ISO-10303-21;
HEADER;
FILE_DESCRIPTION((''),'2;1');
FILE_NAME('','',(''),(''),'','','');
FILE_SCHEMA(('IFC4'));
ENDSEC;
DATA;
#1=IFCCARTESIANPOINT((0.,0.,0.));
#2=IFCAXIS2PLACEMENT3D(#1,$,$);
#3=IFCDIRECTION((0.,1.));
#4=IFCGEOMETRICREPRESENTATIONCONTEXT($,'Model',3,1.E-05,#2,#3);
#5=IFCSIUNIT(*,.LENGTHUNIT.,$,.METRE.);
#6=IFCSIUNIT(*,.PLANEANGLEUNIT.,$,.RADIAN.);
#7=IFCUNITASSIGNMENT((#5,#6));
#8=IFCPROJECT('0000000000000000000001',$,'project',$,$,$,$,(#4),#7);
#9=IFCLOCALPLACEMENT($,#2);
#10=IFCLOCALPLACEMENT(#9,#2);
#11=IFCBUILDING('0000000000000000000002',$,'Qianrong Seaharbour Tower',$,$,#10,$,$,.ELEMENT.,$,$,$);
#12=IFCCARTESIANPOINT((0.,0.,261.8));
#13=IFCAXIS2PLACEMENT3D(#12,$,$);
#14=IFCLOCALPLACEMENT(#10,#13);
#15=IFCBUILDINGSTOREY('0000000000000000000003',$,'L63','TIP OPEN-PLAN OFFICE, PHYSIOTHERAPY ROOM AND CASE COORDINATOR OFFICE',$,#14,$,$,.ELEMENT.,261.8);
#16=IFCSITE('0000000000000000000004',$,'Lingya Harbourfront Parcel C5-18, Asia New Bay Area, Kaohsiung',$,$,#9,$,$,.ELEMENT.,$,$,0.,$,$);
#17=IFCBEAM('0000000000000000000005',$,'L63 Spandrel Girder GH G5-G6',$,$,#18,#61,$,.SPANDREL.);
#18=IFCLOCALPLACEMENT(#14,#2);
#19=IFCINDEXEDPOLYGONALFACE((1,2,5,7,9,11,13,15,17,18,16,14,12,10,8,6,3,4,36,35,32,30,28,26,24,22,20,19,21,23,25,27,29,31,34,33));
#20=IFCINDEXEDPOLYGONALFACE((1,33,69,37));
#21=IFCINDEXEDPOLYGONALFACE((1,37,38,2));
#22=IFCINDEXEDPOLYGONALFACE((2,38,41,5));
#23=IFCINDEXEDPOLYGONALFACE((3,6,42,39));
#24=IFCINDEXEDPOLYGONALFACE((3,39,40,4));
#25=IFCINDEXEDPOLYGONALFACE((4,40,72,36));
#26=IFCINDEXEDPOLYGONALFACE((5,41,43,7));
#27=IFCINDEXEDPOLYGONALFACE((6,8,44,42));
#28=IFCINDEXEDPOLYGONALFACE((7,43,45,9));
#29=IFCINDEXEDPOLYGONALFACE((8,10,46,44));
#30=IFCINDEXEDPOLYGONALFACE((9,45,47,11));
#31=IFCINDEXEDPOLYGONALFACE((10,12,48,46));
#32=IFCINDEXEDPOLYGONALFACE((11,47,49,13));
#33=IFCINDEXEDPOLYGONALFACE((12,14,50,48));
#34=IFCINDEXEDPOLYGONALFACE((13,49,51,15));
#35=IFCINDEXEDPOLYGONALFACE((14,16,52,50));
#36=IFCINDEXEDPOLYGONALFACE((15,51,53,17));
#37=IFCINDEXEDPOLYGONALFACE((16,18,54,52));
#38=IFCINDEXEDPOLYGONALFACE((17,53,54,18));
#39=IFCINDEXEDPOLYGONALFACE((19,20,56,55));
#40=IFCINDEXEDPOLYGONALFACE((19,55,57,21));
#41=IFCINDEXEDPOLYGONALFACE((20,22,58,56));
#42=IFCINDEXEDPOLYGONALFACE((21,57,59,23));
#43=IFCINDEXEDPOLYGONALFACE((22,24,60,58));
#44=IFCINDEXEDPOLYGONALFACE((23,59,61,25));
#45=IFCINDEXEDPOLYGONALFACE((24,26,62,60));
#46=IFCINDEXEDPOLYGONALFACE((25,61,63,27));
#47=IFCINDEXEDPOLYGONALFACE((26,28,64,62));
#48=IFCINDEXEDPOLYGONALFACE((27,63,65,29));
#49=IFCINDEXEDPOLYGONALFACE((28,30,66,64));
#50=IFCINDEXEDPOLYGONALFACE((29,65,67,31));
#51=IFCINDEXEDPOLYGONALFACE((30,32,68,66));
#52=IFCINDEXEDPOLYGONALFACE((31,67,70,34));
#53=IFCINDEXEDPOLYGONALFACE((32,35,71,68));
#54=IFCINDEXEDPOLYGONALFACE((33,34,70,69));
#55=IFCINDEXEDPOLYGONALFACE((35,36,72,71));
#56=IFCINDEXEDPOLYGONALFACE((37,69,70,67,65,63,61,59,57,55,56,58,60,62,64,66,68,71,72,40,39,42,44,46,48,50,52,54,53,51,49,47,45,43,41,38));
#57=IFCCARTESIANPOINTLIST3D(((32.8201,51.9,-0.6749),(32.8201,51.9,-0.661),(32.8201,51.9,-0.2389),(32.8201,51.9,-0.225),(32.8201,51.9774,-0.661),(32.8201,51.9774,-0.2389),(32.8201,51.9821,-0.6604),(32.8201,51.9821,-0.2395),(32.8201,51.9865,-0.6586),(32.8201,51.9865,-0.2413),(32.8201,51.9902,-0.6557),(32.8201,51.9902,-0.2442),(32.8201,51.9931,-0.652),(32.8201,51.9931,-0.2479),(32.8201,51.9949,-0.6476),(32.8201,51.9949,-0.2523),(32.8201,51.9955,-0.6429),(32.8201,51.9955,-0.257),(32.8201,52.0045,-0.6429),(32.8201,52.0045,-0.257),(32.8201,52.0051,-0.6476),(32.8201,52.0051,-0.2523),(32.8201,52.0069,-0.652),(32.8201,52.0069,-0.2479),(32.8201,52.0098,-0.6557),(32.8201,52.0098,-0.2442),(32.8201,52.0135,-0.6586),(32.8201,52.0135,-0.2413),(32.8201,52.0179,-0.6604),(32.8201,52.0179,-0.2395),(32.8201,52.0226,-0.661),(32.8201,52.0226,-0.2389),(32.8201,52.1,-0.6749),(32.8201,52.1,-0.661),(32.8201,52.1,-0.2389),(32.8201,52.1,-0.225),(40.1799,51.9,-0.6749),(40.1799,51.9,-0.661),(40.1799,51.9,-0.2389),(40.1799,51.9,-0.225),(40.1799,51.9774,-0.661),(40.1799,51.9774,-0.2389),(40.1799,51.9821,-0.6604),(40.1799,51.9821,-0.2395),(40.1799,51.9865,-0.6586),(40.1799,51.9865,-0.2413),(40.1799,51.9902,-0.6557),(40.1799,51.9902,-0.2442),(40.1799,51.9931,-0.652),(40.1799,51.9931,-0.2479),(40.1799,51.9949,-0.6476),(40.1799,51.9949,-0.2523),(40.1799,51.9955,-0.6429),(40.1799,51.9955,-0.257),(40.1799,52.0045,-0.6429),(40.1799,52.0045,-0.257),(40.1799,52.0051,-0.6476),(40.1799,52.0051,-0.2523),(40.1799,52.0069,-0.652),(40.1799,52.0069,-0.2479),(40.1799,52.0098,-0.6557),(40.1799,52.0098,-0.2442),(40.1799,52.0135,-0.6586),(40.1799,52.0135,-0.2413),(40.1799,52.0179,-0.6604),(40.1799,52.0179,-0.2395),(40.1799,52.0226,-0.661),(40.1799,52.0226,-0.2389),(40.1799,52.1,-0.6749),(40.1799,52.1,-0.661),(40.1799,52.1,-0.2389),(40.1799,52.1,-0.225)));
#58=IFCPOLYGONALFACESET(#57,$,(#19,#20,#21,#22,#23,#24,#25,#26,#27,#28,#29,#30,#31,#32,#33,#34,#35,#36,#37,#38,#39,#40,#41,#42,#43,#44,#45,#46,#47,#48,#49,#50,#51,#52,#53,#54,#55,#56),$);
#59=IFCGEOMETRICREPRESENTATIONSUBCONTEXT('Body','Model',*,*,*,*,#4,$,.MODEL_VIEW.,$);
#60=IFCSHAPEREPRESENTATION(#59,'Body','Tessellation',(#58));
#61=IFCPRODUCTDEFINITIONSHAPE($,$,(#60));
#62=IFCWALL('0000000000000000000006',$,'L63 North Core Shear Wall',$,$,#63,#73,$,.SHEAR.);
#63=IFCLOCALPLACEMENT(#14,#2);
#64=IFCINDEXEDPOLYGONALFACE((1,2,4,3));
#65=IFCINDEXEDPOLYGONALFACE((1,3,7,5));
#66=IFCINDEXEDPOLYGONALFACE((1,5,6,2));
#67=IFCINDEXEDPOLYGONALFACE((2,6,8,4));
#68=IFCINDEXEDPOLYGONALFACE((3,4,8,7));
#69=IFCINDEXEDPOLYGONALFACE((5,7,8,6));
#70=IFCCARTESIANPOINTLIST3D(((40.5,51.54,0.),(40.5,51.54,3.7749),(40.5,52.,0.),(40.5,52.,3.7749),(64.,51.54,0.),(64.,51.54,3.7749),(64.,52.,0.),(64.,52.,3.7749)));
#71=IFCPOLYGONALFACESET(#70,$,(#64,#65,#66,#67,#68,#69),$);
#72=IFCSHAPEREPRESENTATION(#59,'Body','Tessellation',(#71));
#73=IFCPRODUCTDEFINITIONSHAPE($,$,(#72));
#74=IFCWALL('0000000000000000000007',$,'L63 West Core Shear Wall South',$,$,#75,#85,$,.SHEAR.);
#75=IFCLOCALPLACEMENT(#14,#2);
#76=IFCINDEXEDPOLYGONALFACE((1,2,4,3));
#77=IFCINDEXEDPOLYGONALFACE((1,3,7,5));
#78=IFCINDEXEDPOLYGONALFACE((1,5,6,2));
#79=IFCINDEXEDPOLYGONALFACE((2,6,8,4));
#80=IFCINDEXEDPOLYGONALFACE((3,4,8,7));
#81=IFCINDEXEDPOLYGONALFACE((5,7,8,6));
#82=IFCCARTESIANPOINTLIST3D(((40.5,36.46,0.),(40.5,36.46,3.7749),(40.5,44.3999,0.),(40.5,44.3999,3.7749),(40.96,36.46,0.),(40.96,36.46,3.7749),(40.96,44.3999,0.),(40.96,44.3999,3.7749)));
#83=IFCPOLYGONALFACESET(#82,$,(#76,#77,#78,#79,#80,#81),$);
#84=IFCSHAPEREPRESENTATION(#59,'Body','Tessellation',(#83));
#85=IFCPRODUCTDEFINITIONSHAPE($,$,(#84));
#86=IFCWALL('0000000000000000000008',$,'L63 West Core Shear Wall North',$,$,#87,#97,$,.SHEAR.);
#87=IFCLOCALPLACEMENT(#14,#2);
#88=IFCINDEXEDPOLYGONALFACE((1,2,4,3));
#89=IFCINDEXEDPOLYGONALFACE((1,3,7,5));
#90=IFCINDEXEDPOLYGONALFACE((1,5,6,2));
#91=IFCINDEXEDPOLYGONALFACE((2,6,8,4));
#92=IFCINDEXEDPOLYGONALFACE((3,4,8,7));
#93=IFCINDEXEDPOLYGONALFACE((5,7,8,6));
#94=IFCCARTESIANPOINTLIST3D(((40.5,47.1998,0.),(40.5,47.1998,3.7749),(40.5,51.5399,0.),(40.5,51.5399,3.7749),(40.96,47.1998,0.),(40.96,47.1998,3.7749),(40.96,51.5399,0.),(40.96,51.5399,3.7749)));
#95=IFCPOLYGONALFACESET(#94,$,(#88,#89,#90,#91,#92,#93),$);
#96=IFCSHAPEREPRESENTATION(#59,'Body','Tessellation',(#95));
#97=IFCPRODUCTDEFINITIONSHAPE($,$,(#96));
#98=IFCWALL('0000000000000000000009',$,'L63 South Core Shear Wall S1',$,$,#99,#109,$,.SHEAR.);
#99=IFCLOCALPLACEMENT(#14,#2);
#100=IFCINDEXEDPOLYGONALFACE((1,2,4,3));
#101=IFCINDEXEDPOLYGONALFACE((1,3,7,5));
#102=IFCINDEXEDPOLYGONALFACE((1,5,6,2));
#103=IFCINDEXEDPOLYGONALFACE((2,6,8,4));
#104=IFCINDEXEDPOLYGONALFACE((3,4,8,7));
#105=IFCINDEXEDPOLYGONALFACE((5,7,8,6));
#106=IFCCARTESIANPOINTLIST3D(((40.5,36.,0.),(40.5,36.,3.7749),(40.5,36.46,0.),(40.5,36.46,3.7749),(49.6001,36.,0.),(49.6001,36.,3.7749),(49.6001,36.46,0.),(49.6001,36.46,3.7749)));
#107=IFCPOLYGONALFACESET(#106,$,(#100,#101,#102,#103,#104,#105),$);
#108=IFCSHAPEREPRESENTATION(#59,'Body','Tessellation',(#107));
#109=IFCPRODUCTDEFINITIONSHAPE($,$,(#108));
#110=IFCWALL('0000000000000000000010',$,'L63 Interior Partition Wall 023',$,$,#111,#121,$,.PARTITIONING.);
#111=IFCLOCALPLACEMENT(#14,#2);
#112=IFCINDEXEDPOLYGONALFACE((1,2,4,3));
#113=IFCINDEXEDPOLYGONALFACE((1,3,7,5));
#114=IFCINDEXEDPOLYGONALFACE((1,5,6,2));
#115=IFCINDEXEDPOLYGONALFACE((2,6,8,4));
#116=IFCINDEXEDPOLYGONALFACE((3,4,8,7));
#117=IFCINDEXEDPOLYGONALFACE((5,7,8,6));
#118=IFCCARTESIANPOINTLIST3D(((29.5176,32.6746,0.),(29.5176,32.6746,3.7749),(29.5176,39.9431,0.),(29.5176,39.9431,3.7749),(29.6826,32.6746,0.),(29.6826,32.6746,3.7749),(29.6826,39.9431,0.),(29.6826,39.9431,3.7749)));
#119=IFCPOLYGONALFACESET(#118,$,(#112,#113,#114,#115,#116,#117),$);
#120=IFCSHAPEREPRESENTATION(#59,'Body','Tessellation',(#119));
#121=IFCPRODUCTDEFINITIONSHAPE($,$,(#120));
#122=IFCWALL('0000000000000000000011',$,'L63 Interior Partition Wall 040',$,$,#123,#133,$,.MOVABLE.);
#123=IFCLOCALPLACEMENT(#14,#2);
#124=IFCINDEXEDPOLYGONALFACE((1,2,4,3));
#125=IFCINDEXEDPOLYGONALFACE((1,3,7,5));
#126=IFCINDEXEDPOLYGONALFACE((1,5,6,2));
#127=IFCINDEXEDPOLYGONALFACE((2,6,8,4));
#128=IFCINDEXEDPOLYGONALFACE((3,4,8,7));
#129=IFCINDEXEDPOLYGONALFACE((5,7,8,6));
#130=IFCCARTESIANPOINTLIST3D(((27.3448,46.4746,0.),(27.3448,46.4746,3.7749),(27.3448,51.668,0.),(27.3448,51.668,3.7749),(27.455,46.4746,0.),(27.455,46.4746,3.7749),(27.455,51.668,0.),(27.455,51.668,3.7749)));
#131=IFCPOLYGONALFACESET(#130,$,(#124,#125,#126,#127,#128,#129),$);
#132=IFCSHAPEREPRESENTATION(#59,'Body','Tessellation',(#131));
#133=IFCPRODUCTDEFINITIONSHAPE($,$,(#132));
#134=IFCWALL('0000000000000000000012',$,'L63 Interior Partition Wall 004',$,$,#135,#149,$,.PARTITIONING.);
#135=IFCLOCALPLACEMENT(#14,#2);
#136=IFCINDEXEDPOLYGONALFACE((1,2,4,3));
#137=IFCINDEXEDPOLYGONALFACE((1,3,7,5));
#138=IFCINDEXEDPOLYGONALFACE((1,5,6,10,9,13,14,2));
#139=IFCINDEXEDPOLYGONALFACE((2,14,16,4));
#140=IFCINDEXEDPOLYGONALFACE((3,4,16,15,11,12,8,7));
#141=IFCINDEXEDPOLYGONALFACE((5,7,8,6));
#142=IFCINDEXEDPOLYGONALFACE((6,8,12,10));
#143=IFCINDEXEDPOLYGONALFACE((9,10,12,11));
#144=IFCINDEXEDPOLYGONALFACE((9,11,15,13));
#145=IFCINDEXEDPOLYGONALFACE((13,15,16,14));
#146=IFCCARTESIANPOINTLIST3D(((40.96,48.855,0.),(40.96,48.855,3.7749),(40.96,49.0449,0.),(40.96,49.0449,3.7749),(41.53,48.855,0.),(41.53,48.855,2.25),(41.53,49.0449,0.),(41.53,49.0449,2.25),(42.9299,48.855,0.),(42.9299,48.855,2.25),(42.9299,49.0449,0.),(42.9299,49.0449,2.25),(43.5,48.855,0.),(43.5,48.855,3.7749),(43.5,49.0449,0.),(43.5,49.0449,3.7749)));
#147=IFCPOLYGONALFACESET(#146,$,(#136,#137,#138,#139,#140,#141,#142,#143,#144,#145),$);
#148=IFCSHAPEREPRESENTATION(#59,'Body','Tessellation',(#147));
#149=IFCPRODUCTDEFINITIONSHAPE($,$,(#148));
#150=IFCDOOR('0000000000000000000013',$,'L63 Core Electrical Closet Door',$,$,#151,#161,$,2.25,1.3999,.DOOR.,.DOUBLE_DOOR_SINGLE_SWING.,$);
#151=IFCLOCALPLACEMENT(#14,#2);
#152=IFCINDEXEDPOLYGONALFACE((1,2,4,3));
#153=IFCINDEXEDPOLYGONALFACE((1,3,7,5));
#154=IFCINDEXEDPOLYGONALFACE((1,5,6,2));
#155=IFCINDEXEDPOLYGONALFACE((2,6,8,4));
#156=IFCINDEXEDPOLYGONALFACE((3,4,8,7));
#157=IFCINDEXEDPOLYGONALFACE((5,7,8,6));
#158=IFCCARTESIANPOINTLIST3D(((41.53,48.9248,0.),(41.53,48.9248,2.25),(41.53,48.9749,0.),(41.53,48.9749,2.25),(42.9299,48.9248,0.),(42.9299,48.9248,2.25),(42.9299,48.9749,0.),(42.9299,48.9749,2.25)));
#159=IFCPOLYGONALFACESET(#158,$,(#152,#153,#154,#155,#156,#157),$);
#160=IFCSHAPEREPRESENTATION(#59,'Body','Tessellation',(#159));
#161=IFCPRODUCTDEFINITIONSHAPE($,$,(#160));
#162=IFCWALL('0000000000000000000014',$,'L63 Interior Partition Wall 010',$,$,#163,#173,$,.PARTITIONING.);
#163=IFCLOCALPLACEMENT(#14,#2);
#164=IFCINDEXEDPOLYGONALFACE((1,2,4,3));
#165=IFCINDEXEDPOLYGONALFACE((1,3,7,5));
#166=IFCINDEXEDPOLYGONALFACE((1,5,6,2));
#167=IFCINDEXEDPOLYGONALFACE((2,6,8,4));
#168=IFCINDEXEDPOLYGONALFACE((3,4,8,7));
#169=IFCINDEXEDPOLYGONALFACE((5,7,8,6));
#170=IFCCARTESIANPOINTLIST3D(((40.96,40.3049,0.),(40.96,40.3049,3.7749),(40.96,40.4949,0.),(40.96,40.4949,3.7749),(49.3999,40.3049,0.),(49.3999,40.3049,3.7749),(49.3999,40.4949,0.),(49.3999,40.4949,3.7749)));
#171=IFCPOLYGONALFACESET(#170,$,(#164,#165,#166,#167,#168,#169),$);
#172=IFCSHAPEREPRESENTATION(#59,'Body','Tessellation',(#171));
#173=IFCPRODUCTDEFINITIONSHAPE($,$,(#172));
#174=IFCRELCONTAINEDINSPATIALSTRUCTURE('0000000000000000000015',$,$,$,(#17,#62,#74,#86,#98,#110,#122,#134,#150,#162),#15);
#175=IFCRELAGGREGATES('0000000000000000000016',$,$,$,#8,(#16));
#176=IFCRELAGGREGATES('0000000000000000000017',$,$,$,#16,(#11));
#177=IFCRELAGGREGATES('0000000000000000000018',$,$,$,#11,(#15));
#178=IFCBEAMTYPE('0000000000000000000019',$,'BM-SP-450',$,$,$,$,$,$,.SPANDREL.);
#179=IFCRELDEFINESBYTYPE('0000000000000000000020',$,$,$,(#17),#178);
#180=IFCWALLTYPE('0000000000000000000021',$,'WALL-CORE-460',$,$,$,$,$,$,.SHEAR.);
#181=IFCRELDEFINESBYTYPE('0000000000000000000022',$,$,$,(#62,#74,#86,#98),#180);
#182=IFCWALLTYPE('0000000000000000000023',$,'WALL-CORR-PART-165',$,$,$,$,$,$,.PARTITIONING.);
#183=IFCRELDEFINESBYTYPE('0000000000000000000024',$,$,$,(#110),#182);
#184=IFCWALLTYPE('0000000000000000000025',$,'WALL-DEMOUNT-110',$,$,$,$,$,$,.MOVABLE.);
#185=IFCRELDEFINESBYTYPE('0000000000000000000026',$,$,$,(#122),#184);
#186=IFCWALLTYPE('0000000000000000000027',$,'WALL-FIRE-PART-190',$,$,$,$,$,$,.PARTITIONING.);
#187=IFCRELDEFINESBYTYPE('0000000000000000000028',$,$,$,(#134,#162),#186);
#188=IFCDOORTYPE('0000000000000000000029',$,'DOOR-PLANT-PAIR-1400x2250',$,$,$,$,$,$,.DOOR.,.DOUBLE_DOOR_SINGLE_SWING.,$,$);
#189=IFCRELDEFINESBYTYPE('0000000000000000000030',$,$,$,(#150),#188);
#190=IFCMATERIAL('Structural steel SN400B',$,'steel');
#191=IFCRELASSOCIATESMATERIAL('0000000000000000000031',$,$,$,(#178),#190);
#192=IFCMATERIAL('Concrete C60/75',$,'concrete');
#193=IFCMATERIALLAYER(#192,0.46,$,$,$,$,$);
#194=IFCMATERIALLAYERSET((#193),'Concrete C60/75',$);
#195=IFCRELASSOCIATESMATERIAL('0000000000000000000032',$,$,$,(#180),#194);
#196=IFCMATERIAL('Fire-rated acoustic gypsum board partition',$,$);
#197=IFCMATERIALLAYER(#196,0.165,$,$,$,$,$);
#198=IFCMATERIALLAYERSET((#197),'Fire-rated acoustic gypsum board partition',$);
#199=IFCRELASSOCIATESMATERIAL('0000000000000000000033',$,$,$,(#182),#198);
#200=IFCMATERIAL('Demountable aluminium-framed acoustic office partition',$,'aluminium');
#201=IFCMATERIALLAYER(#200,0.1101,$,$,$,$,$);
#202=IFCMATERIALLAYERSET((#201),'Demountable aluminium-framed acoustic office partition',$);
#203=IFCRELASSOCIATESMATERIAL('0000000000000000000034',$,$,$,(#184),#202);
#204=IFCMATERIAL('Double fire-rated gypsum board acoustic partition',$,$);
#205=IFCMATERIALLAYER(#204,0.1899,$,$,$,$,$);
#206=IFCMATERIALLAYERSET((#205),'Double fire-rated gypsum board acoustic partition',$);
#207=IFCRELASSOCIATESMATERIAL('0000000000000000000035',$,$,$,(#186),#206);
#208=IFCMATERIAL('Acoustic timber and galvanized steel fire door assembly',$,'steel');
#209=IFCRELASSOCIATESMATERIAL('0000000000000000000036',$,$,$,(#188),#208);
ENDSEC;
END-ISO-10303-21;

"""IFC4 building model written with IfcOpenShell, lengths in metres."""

from ifc_helpers import new_model, si_unit, direction, frame, frame_2d, origin, origin_2d, place, context, subcontext, project, spatial, rectangle, i_section, extrude, material, layer, layer_set, material_profile, profile_set, type_object, element, fill, save


model = new_model("IFC4")

# Units and contexts
model_context = context("Model", 3, precision=1e-05, world=origin(), true_north=direction((0.0, 1.0)))
body_context = subcontext(model_context, "Body", "Model", "MODEL_VIEW")
ifc_project = project(units=[si_unit("LENGTHUNIT", "METRE"), si_unit("PLANEANGLEUNIT", "RADIAN")], contexts=[model_context])

# Site, building, storey
site_placement = place(None, origin())
site = spatial("IfcSite", under=ifc_project, at=site_placement, Name="Lingya Harbourfront Parcel C5-18, Asia New Bay Area, Kaohsiung", CompositionType="ELEMENT", RefElevation=0.0)
building_placement = place(site_placement, origin())
building = spatial("IfcBuilding", under=site, at=building_placement, Name="Qianrong Seaharbour Tower", CompositionType="ELEMENT")
storey_placement = place(building_placement, frame((0.0, 0.0, 261.8)))
storey = spatial("IfcBuildingStorey", under=building, at=storey_placement, Name="L63", Description="TIP OPEN-PLAN OFFICE, PHYSIOTHERAPY ROOM AND CASE COORDINATOR OFFICE", CompositionType="ELEMENT", Elevation=261.8)

# Beam
ifc_material_1 = material(Name="Concrete C60/75", Category="concrete")
ifc_material_2 = material(Name="Structural steel SN400B", Category="steel")
ifc_material_profile_1 = material_profile(ifc_material_2, i_section(OverallWidth=0.2, OverallDepth=0.45, WebThickness=0.009, FlangeThickness=0.0139, FilletRadius=0.0181, at=origin_2d()), Name="H450x200x9x14")
ifc_profile_set_1 = profile_set([ifc_material_profile_1], Name="Structural steel SN400B")
beam_type_1 = type_object("IfcBeamType", Name="BM-SP-450", PredefinedType="SPANDREL", material=ifc_profile_set_1)
beam_1_placement = place(storey_placement, frame((32.8201, 52.0, -0.45), z_axis=(1.0, 0.0, 0.0), x_axis=(0.0, 1.0, 0.0)))
element("IfcBeam", 1, at=beam_1_placement, inside=storey, type_object=beam_type_1, Name="L63 Spandrel Girder GH G5-G6", PredefinedType="SPANDREL", context=body_context, shape_type="SweptSolid", body=[
    extrude(i_section(OverallWidth=0.2, OverallDepth=0.45, WebThickness=0.009, FlangeThickness=0.0139, FilletRadius=0.0181, at=origin_2d()), origin(), (0.0, 0.0, 1.0), 7.3599),
])

# Walls
ifc_layer_1 = layer(ifc_material_1, 0.46)
ifc_layer_set_1 = layer_set([ifc_layer_1], Name="Concrete C60/75")
wall_type_1 = type_object("IfcWallType", Name="WALL-CORE-460", PredefinedType="SHEAR", material=ifc_layer_set_1)
wall_1_placement = place(storey_placement, frame((40.5, 51.77, 0.0), z_axis=(0.0, 0.0, 1.0), x_axis=(1.0, 0.0, 0.0)))
element("IfcWall", 2, at=wall_1_placement, inside=storey, type_object=wall_type_1, Name="L63 North Core Shear Wall", PredefinedType="SHEAR", context=body_context, shape_type="SweptSolid", body=[
    extrude(rectangle(XDim=23.5, YDim=0.46, at=frame_2d((11.75, 0.0))), origin(), (0.0, 0.0, 1.0), 3.7749),
])
wall_2_placement = place(storey_placement, frame((40.73, 36.46, 0.0), z_axis=(0.0, 0.0, 1.0), x_axis=(0.0, 1.0, 0.0)))
element("IfcWall", 3, at=wall_2_placement, inside=storey, type_object=wall_type_1, Name="L63 West Core Shear Wall South", PredefinedType="SHEAR", context=body_context, shape_type="SweptSolid", body=[
    extrude(rectangle(XDim=7.9399, YDim=0.46, at=frame_2d((3.97, 0.0))), origin(), (0.0, 0.0, 1.0), 3.7749),
])
wall_3_placement = place(storey_placement, frame((40.73, 47.2, 0.0), z_axis=(0.0, 0.0, 1.0), x_axis=(0.0, 1.0, 0.0)))
element("IfcWall", 4, at=wall_3_placement, inside=storey, type_object=wall_type_1, Name="L63 West Core Shear Wall North", PredefinedType="SHEAR", context=body_context, shape_type="SweptSolid", body=[
    extrude(rectangle(XDim=4.3401, YDim=0.46, at=frame_2d((2.1699, 0.0))), origin(), (0.0, 0.0, 1.0), 3.7749),
])
wall_4_placement = place(storey_placement, frame((40.5, 36.23, 0.0), z_axis=(0.0, 0.0, 1.0), x_axis=(1.0, 0.0, 0.0)))
element("IfcWall", 5, at=wall_4_placement, inside=storey, type_object=wall_type_1, Name="L63 South Core Shear Wall S1", PredefinedType="SHEAR", context=body_context, shape_type="SweptSolid", body=[
    extrude(rectangle(XDim=9.1001, YDim=0.46, at=frame_2d((4.55, 0.0))), origin(), (0.0, 0.0, 1.0), 3.7749),
])

# Shared definitions
ifc_material_3 = material(Name="Fire-rated acoustic gypsum board partition")
ifc_layer_2 = layer(ifc_material_3, 0.165)
ifc_layer_set_2 = layer_set([ifc_layer_2], Name="Fire-rated acoustic gypsum board partition")
wall_type_2 = type_object("IfcWallType", Name="WALL-CORR-PART-165", PredefinedType="PARTITIONING", material=ifc_layer_set_2)
ifc_material_4 = material(Name="Acoustic timber and galvanized steel fire door assembly", Category="steel")

# Walls
wall_5_placement = place(storey_placement, frame((29.6001, 39.9431, 0.0), z_axis=(0.0, 0.0, 1.0), x_axis=(0.0, -1.0, 0.0)))
element("IfcWall", 6, at=wall_5_placement, inside=storey, type_object=wall_type_2, Name="L63 Interior Partition Wall 023", PredefinedType="PARTITIONING", context=body_context, shape_type="SweptSolid", body=[
    extrude(rectangle(XDim=7.2686, YDim=0.165, at=frame_2d((3.6343, 0.0))), origin(), (0.0, 0.0, 1.0), 3.7749),
])
ifc_material_5 = material(Name="Demountable aluminium-framed acoustic office partition", Category="aluminium")
ifc_layer_3 = layer(ifc_material_5, 0.1101)
ifc_layer_set_3 = layer_set([ifc_layer_3], Name="Demountable aluminium-framed acoustic office partition")
wall_type_3 = type_object("IfcWallType", Name="WALL-DEMOUNT-110", PredefinedType="MOVABLE", material=ifc_layer_set_3)
wall_6_placement = place(storey_placement, frame((27.3999, 51.668, 0.0), z_axis=(0.0, 0.0, 1.0), x_axis=(0.0, -1.0, 0.0)))
element("IfcWall", 7, at=wall_6_placement, inside=storey, type_object=wall_type_3, Name="L63 Interior Partition Wall 040", PredefinedType="MOVABLE", context=body_context, shape_type="SweptSolid", body=[
    extrude(rectangle(XDim=5.1934, YDim=0.1101, at=frame_2d((2.5967, 0.0))), origin(), (0.0, 0.0, 1.0), 3.7749),
])

# Wall, opening, door
ifc_material_6 = material(Name="Double fire-rated gypsum board acoustic partition")
ifc_layer_4 = layer(ifc_material_6, 0.1899)
ifc_layer_set_4 = layer_set([ifc_layer_4], Name="Double fire-rated gypsum board acoustic partition")
wall_type_4 = type_object("IfcWallType", Name="WALL-FIRE-PART-190", PredefinedType="PARTITIONING", material=ifc_layer_set_4)
wall_7_placement = place(storey_placement, frame((40.96, 48.95, 0.0), z_axis=(0.0, 0.0, 1.0), x_axis=(1.0, 0.0, 0.0)))
wall_7 = element("IfcWall", 8, at=wall_7_placement, inside=storey, type_object=wall_type_4, Name="L63 Interior Partition Wall 004", PredefinedType="PARTITIONING", context=body_context, shape_type="SweptSolid", body=[
    extrude(rectangle(XDim=2.54, YDim=0.1899, at=frame_2d((1.27, 0.0))), origin(), (0.0, 0.0, 1.0), 3.7749),
])
opening_1_placement = place(wall_7_placement, frame((0.5701, 0.0, 0.0)))
opening_1 = element("IfcOpeningElement", 9, at=opening_1_placement, cuts=wall_7, PredefinedType="OPENING", context=body_context, shape_type="SweptSolid", body=[
    extrude(rectangle(XDim=1.3999, YDim=2.25, at=frame_2d((0.7, 1.125))), frame((0.0, 0.105, 0.0), z_axis=(0.0, -1.0, 0.0), x_axis=(1.0, 0.0, 0.0)), (0.0, 0.0, 1.0), 0.21),
])
door_type_1 = type_object("IfcDoorType", Name="DOOR-PLANT-PAIR-1400x2250", OperationType="DOUBLE_DOOR_SINGLE_SWING", PredefinedType="DOOR", material=ifc_material_4)
door_1_placement = place(opening_1_placement, origin())
door_1 = element("IfcDoor", 10, at=door_1_placement, inside=storey, type_object=door_type_1, Name="L63 Core Electrical Closet Door", OperationType="DOUBLE_DOOR_SINGLE_SWING", OverallHeight=2.25, OverallWidth=1.3999, PredefinedType="DOOR", context=body_context, shape_type="SweptSolid", body=[
    extrude(rectangle(XDim=1.3999, YDim=2.25, at=frame_2d((0.7, 1.125))), frame((0.0, 0.0249, 0.0), z_axis=(0.0, -1.0, 0.0), x_axis=(1.0, 0.0, 0.0)), (0.0, 0.0, 1.0), 0.05),
])
fill(opening_1, door_1)

# Wall
wall_8_placement = place(storey_placement, frame((40.96, 40.3999, 0.0), z_axis=(0.0, 0.0, 1.0), x_axis=(1.0, 0.0, 0.0)))
element("IfcWall", 11, at=wall_8_placement, inside=storey, type_object=wall_type_4, Name="L63 Interior Partition Wall 010", PredefinedType="PARTITIONING", context=body_context, shape_type="SweptSolid", body=[
    extrude(rectangle(XDim=8.4399, YDim=0.1899, at=frame_2d((4.22, 0.0))), origin(), (0.0, 0.0, 1.0), 3.7749),
])

save(model, "model.ifc")
